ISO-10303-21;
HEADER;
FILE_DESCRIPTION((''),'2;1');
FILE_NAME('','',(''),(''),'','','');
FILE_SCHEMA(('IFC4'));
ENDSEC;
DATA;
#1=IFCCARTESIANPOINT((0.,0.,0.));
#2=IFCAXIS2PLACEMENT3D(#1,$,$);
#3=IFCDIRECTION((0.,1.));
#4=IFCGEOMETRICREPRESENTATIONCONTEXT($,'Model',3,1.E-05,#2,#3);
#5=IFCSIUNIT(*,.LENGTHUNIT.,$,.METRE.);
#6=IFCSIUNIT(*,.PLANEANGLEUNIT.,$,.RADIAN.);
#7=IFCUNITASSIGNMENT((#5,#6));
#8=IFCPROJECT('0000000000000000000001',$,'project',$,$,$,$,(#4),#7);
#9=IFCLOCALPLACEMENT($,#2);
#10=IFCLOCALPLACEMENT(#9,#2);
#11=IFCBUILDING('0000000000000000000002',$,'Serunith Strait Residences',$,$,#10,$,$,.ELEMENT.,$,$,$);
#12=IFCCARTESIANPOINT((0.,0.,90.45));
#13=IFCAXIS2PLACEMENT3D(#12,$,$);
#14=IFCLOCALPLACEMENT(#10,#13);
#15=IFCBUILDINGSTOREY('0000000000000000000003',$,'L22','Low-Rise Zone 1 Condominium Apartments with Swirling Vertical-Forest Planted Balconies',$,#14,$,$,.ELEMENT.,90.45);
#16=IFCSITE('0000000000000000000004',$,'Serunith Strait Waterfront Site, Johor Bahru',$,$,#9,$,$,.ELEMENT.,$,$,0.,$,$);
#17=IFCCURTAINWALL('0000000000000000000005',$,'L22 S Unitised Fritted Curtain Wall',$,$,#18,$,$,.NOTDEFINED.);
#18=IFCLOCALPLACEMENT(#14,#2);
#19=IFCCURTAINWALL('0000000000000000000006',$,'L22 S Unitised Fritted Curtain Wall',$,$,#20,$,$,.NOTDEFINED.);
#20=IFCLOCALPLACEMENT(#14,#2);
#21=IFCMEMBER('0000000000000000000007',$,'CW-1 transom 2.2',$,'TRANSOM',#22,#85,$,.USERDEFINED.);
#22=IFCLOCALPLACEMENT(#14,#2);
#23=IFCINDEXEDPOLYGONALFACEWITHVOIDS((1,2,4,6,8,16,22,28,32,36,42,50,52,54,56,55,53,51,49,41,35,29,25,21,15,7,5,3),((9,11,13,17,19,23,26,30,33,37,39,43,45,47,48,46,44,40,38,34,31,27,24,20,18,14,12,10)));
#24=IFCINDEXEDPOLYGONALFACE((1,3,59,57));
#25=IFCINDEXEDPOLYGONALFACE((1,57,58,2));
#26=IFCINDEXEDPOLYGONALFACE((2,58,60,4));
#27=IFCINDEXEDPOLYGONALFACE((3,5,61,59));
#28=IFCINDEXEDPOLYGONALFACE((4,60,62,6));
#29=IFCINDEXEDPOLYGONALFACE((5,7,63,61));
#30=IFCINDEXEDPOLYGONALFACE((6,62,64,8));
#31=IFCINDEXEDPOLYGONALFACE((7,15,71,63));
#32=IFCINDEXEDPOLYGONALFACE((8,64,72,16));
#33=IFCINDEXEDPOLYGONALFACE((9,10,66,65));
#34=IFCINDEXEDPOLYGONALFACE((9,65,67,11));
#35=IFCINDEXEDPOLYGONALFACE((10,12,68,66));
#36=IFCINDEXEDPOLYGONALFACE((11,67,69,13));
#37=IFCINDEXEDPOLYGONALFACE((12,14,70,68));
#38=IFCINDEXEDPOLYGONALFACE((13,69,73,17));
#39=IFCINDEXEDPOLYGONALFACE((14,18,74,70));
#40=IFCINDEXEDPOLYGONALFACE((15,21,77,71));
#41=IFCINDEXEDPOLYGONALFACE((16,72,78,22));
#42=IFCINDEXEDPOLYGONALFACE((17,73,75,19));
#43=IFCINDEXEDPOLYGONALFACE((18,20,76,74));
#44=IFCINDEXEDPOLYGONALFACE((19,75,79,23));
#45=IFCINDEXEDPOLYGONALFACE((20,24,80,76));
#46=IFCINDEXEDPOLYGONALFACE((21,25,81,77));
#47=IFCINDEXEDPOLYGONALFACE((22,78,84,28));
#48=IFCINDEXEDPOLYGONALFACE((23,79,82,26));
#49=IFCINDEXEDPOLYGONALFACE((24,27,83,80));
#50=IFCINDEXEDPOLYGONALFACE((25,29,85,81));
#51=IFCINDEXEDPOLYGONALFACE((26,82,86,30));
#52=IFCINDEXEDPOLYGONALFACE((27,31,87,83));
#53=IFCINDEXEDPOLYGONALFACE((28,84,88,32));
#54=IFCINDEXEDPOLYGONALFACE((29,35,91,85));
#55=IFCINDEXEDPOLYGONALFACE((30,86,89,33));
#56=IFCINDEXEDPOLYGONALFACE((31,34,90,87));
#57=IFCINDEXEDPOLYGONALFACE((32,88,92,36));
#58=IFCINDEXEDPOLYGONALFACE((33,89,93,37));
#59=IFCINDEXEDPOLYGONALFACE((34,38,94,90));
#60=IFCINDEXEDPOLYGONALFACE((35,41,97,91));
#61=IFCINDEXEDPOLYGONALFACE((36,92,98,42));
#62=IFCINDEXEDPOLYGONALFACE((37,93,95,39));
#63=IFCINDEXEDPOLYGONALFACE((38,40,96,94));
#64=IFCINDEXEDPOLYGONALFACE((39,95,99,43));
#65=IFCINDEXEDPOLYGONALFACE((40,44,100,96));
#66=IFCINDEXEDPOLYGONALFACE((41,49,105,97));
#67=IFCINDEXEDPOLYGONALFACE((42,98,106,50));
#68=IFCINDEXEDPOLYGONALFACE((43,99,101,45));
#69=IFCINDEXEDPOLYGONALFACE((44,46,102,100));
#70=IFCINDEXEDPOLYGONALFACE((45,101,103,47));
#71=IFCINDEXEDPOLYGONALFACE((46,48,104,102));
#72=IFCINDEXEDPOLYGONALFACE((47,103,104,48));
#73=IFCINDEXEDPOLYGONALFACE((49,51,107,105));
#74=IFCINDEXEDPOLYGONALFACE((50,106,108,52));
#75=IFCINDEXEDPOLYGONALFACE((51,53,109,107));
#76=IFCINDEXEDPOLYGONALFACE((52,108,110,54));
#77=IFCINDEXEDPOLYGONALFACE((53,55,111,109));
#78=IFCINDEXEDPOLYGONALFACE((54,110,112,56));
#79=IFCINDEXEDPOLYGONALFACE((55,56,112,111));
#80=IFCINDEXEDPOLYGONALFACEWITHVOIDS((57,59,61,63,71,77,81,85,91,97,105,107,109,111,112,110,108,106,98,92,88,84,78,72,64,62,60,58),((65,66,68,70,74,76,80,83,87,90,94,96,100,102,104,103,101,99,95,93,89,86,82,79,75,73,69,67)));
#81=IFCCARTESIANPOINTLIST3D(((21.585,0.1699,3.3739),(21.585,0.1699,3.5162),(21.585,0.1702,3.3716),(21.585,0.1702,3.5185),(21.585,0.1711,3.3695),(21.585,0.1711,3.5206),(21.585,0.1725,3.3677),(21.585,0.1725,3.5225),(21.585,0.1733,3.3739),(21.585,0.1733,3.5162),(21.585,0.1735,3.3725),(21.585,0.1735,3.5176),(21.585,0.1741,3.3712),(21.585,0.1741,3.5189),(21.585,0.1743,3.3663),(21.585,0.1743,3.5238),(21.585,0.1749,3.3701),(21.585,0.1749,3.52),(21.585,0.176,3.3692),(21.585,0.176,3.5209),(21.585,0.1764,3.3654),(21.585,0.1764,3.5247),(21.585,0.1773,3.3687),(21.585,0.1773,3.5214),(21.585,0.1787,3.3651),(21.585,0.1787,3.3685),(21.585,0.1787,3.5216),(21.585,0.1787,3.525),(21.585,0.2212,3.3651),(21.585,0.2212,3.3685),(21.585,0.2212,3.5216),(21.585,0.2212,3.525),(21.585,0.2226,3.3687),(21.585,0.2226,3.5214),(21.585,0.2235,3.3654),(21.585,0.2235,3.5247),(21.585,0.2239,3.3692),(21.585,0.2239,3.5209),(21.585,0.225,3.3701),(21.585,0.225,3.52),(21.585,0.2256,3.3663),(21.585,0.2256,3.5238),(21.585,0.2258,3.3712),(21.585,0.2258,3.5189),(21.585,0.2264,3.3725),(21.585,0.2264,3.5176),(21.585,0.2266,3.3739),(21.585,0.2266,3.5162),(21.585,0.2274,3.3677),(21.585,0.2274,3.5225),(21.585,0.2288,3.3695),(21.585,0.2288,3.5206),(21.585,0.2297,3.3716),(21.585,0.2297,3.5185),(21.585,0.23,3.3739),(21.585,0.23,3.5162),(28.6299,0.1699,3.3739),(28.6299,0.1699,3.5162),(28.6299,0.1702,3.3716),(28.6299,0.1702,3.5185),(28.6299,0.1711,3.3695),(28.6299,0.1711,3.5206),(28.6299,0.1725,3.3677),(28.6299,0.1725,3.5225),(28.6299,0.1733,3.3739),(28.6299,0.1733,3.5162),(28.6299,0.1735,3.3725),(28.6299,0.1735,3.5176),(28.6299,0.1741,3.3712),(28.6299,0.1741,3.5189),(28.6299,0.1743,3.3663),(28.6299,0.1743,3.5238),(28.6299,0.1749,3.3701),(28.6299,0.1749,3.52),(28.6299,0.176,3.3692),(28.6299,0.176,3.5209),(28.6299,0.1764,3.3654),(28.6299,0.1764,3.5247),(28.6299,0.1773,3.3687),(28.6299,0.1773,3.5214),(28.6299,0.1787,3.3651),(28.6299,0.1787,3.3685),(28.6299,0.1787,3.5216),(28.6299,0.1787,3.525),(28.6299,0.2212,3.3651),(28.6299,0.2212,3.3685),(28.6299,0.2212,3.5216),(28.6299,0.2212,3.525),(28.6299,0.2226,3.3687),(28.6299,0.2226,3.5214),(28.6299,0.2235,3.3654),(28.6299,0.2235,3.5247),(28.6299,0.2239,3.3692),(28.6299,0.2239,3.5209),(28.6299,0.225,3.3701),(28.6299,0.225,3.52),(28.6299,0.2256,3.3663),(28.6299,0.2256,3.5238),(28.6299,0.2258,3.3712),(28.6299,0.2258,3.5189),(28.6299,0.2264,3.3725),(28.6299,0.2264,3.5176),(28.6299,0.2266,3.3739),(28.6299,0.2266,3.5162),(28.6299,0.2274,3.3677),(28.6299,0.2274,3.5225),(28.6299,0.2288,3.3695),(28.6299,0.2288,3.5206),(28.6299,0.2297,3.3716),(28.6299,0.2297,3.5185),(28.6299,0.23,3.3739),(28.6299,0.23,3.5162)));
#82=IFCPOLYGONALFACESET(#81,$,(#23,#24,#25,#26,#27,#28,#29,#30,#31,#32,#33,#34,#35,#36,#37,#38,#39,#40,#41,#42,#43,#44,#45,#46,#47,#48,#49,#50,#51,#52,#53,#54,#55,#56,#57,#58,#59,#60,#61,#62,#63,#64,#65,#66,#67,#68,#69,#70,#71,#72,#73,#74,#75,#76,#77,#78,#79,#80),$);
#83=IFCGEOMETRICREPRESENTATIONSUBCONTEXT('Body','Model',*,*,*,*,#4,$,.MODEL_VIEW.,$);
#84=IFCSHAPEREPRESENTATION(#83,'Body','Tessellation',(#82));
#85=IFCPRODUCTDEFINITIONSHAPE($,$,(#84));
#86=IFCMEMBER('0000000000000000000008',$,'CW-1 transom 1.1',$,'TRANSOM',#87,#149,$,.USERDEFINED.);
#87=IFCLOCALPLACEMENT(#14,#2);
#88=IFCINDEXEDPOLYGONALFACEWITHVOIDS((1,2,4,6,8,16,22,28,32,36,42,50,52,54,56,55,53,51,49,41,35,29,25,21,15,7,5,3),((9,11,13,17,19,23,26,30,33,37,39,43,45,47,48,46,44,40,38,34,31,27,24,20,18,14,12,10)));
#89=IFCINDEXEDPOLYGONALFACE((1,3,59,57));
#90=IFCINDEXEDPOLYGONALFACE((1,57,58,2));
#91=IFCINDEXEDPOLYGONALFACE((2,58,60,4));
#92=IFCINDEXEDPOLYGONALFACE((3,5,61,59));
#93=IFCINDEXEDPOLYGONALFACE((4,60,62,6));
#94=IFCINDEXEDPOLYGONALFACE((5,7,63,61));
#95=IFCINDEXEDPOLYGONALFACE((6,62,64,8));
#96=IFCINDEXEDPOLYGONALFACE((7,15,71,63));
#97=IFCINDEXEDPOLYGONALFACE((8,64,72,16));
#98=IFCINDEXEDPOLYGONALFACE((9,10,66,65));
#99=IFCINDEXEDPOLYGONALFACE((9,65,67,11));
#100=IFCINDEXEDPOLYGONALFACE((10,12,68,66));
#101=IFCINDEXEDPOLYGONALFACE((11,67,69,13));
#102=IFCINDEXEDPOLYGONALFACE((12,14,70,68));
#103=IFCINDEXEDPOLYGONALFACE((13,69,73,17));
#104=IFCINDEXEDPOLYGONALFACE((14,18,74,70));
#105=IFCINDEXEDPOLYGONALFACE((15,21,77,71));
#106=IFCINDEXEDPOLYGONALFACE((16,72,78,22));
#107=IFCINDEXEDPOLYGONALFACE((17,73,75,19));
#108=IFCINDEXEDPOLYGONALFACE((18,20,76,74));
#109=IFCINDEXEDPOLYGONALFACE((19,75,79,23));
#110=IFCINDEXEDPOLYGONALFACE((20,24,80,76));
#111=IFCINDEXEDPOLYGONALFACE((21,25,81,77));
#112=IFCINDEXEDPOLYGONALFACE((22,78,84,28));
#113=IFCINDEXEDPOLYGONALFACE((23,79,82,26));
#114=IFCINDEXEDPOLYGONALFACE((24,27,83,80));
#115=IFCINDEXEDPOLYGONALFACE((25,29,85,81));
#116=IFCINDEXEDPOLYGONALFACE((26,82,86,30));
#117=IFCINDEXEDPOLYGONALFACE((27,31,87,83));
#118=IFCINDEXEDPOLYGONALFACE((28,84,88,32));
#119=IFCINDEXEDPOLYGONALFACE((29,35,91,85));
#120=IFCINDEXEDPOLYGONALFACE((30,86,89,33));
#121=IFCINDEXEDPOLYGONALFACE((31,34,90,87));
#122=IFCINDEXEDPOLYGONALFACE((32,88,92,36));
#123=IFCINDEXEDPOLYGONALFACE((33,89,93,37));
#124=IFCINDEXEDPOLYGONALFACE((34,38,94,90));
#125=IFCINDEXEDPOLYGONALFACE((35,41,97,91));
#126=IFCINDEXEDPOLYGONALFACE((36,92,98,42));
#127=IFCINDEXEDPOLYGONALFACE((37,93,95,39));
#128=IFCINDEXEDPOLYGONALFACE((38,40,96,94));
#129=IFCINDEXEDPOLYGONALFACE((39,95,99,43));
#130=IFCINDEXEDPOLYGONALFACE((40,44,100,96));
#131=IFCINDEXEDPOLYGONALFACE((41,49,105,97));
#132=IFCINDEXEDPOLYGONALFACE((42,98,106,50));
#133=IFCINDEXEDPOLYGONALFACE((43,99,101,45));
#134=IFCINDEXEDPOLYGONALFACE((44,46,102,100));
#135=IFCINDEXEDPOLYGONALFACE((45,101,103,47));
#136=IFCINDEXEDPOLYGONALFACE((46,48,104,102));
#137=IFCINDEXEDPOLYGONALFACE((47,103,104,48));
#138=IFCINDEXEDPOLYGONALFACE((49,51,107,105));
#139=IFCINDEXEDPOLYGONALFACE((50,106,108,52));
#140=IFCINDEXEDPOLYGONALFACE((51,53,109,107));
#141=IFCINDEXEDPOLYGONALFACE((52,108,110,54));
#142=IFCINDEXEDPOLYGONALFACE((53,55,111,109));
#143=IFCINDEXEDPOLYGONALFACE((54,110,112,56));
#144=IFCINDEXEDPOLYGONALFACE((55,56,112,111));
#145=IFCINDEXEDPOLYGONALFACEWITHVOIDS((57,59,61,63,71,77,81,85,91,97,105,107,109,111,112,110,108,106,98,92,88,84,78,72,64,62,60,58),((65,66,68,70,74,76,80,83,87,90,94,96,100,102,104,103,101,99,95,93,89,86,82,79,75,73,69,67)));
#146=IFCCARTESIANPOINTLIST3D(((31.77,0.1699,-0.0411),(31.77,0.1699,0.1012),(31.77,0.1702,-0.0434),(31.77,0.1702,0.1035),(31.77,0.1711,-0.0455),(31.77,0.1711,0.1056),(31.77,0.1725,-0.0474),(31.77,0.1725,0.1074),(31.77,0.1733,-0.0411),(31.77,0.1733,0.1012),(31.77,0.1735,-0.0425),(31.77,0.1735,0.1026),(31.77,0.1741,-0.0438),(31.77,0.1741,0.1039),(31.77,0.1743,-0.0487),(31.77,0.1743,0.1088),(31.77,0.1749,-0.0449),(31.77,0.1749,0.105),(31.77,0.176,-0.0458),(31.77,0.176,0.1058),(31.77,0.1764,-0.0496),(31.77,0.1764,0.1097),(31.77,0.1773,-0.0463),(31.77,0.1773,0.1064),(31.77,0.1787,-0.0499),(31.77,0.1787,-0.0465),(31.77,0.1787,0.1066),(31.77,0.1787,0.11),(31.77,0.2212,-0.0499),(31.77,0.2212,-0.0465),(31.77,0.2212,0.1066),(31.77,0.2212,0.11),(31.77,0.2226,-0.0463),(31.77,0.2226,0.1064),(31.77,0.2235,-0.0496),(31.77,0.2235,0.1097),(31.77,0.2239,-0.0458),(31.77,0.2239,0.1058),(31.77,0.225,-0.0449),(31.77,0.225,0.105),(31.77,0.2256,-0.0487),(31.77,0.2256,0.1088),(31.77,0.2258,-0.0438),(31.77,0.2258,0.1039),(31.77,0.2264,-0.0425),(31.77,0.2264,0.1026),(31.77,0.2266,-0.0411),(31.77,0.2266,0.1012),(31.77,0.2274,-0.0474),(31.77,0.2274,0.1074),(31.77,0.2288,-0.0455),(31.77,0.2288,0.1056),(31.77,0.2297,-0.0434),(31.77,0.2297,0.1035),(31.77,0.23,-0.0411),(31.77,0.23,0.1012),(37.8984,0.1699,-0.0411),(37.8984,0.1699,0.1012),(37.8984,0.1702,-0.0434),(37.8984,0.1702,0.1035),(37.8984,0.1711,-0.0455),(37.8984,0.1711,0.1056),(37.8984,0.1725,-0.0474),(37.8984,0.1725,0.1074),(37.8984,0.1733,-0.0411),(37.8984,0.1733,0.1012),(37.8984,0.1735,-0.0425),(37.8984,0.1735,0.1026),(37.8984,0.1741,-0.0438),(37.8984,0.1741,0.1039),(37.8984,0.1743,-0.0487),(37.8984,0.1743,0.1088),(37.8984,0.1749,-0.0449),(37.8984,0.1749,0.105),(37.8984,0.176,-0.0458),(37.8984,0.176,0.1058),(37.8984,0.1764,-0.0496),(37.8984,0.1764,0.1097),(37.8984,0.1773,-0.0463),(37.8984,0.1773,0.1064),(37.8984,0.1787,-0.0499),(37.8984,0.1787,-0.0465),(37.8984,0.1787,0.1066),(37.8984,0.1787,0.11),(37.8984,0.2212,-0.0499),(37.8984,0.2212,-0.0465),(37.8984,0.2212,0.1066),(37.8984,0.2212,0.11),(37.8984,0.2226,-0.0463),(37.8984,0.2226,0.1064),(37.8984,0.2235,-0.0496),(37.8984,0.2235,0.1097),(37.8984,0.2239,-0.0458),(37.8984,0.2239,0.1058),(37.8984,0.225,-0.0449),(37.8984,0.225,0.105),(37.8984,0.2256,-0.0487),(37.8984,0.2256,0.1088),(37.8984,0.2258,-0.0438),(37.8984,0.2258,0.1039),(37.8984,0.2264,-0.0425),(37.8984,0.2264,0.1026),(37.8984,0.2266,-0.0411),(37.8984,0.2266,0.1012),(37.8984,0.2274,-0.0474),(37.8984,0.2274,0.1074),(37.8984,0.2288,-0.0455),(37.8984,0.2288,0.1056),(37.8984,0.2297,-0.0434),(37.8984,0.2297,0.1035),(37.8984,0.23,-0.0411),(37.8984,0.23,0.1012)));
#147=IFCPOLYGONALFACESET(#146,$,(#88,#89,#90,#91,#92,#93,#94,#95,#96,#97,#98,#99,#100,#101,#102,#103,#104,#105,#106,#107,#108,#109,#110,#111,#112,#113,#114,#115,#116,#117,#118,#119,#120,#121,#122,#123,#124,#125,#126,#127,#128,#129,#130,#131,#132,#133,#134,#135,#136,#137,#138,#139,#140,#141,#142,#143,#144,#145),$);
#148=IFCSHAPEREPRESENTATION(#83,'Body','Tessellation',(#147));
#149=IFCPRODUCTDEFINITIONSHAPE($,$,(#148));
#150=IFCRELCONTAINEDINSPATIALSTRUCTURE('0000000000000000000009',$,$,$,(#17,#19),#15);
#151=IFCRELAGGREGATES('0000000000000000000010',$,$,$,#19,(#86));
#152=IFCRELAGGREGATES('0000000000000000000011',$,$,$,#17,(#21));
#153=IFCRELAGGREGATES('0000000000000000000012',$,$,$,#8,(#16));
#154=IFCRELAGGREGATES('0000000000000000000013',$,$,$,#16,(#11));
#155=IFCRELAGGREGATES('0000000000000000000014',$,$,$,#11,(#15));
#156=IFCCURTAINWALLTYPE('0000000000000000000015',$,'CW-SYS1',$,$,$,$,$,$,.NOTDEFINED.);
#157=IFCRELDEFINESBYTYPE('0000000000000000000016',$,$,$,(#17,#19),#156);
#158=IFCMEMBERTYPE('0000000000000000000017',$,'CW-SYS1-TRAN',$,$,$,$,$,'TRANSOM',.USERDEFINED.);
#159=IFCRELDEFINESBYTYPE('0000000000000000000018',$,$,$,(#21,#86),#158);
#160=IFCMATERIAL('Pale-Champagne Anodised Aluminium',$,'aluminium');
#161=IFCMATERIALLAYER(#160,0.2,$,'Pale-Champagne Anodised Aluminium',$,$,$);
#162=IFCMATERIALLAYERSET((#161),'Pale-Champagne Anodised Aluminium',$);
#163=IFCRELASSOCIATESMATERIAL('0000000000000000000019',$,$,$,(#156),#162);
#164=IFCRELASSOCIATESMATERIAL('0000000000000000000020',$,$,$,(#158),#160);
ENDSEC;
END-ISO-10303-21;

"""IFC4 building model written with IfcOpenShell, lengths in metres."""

from ifc_helpers import new_model, si_unit, direction, frame, origin, origin_2d, place, context, subcontext, project, spatial, hollow_rectangle, extrude, source, transform, mapped, material, layer, layer_set, material_profile, profile_set, type_object, element, aggregate, save


model = new_model("IFC4")

# Units and contexts
model_context = context("Model", 3, precision=1e-05, world=origin(), true_north=direction((0.0, 1.0)))
body_context = subcontext(model_context, "Body", "Model", "MODEL_VIEW")
ifc_project = project(units=[si_unit("LENGTHUNIT", "METRE"), si_unit("PLANEANGLEUNIT", "RADIAN")], contexts=[model_context])

# Site, building, storey
site_placement = place(None, origin())
site = spatial("IfcSite", under=ifc_project, at=site_placement, Name="Serunith Strait Waterfront Site, Johor Bahru", CompositionType="ELEMENT", RefElevation=0.0)
building_placement = place(site_placement, origin())
building = spatial("IfcBuilding", under=site, at=building_placement, Name="Serunith Strait Residences", CompositionType="ELEMENT")
storey_placement = place(building_placement, frame((0.0, 0.0, 90.45)))
storey = spatial("IfcBuildingStorey", under=building, at=storey_placement, Name="L22", Description="Low-Rise Zone 1 Condominium Apartments with Swirling Vertical-Forest Planted Balconies", CompositionType="ELEMENT", Elevation=90.45)

# Curtain wall
ifc_material_1 = material(Name="Pale-Champagne Anodised Aluminium", Category="aluminium")
ifc_layer_1 = layer(ifc_material_1, 0.2, Name="Pale-Champagne Anodised Aluminium")
ifc_layer_set_1 = layer_set([ifc_layer_1], Name="Pale-Champagne Anodised Aluminium")
curtain_wall_type = type_object("IfcCurtainWallType", Name="CW-SYS1", PredefinedType="NOTDEFINED", material=ifc_layer_set_1)
curtain_wall_1_placement = place(storey_placement, origin())
curtain_wall_1 = element("IfcCurtainWall", 1, at=curtain_wall_1_placement, inside=storey, type_object=curtain_wall_type, Name="L22 S Unitised Fritted Curtain Wall", PredefinedType="NOTDEFINED")

# Curtain wall
curtain_wall_2_placement = place(storey_placement, origin())
curtain_wall_2 = element("IfcCurtainWall", 2, at=curtain_wall_2_placement, inside=storey, type_object=curtain_wall_type, Name="L22 S Unitised Fritted Curtain Wall", PredefinedType="NOTDEFINED")

# Members
ifc_material_profile_1 = material_profile(ifc_material_1, hollow_rectangle(XDim=0.0601, YDim=0.1599, WallThickness=0.0034, InnerFilletRadius=0.0054, OuterFilletRadius=0.0088, at=origin_2d()), Name="ALU 160x60x3.5")
ifc_profile_set_1 = profile_set([ifc_material_profile_1], Name="Pale-Champagne Anodised Aluminium")
member_type_1 = type_object("IfcMemberType", Name="CW-SYS1-TRAN", ElementType="TRANSOM", PredefinedType="USERDEFINED", material=ifc_profile_set_1)
shared_shape_1 = source(origin(), body_context, "Body", "SweptSolid", [
    extrude(hollow_rectangle(XDim=0.0601, YDim=0.1599, WallThickness=0.0034, InnerFilletRadius=0.0054, OuterFilletRadius=0.0088, at=origin_2d()), origin(), (0.0, 0.0, 1.0), 7.0449),
])
member_1_placement = place(storey_placement, frame((21.585, 0.2, 3.4451), z_axis=(1.0, 0.0, 0.0), x_axis=(0.0, 1.0, 0.0)))
member_1 = element("IfcMember", 3, at=member_1_placement, type_object=member_type_1, Name="CW-1 transom 2.2", ObjectType="TRANSOM", PredefinedType="USERDEFINED", context=body_context, shape_type="MappedRepresentation", body=[
    mapped(shared_shape_1, transform((0.0, 0.0, 0.0), scale=1.0)),
])
shared_shape_2 = source(origin(), body_context, "Body", "SweptSolid", [
    extrude(hollow_rectangle(XDim=0.0601, YDim=0.1599, WallThickness=0.0034, InnerFilletRadius=0.0054, OuterFilletRadius=0.0088, at=origin_2d()), origin(), (0.0, 0.0, 1.0), 6.1284),
])
member_2_placement = place(storey_placement, frame((31.77, 0.2, 0.03), z_axis=(1.0, 0.0, 0.0), x_axis=(0.0, 1.0, 0.0)))
member_2 = element("IfcMember", 4, at=member_2_placement, type_object=member_type_1, Name="CW-1 transom 1.1", ObjectType="TRANSOM", PredefinedType="USERDEFINED", context=body_context, shape_type="MappedRepresentation", body=[
    mapped(shared_shape_2, transform((0.0, 0.0, 0.0), scale=1.0)),
])
aggregate(curtain_wall_2, [member_2])

aggregate(curtain_wall_1, [member_1])

save(model, "model.ifc")
